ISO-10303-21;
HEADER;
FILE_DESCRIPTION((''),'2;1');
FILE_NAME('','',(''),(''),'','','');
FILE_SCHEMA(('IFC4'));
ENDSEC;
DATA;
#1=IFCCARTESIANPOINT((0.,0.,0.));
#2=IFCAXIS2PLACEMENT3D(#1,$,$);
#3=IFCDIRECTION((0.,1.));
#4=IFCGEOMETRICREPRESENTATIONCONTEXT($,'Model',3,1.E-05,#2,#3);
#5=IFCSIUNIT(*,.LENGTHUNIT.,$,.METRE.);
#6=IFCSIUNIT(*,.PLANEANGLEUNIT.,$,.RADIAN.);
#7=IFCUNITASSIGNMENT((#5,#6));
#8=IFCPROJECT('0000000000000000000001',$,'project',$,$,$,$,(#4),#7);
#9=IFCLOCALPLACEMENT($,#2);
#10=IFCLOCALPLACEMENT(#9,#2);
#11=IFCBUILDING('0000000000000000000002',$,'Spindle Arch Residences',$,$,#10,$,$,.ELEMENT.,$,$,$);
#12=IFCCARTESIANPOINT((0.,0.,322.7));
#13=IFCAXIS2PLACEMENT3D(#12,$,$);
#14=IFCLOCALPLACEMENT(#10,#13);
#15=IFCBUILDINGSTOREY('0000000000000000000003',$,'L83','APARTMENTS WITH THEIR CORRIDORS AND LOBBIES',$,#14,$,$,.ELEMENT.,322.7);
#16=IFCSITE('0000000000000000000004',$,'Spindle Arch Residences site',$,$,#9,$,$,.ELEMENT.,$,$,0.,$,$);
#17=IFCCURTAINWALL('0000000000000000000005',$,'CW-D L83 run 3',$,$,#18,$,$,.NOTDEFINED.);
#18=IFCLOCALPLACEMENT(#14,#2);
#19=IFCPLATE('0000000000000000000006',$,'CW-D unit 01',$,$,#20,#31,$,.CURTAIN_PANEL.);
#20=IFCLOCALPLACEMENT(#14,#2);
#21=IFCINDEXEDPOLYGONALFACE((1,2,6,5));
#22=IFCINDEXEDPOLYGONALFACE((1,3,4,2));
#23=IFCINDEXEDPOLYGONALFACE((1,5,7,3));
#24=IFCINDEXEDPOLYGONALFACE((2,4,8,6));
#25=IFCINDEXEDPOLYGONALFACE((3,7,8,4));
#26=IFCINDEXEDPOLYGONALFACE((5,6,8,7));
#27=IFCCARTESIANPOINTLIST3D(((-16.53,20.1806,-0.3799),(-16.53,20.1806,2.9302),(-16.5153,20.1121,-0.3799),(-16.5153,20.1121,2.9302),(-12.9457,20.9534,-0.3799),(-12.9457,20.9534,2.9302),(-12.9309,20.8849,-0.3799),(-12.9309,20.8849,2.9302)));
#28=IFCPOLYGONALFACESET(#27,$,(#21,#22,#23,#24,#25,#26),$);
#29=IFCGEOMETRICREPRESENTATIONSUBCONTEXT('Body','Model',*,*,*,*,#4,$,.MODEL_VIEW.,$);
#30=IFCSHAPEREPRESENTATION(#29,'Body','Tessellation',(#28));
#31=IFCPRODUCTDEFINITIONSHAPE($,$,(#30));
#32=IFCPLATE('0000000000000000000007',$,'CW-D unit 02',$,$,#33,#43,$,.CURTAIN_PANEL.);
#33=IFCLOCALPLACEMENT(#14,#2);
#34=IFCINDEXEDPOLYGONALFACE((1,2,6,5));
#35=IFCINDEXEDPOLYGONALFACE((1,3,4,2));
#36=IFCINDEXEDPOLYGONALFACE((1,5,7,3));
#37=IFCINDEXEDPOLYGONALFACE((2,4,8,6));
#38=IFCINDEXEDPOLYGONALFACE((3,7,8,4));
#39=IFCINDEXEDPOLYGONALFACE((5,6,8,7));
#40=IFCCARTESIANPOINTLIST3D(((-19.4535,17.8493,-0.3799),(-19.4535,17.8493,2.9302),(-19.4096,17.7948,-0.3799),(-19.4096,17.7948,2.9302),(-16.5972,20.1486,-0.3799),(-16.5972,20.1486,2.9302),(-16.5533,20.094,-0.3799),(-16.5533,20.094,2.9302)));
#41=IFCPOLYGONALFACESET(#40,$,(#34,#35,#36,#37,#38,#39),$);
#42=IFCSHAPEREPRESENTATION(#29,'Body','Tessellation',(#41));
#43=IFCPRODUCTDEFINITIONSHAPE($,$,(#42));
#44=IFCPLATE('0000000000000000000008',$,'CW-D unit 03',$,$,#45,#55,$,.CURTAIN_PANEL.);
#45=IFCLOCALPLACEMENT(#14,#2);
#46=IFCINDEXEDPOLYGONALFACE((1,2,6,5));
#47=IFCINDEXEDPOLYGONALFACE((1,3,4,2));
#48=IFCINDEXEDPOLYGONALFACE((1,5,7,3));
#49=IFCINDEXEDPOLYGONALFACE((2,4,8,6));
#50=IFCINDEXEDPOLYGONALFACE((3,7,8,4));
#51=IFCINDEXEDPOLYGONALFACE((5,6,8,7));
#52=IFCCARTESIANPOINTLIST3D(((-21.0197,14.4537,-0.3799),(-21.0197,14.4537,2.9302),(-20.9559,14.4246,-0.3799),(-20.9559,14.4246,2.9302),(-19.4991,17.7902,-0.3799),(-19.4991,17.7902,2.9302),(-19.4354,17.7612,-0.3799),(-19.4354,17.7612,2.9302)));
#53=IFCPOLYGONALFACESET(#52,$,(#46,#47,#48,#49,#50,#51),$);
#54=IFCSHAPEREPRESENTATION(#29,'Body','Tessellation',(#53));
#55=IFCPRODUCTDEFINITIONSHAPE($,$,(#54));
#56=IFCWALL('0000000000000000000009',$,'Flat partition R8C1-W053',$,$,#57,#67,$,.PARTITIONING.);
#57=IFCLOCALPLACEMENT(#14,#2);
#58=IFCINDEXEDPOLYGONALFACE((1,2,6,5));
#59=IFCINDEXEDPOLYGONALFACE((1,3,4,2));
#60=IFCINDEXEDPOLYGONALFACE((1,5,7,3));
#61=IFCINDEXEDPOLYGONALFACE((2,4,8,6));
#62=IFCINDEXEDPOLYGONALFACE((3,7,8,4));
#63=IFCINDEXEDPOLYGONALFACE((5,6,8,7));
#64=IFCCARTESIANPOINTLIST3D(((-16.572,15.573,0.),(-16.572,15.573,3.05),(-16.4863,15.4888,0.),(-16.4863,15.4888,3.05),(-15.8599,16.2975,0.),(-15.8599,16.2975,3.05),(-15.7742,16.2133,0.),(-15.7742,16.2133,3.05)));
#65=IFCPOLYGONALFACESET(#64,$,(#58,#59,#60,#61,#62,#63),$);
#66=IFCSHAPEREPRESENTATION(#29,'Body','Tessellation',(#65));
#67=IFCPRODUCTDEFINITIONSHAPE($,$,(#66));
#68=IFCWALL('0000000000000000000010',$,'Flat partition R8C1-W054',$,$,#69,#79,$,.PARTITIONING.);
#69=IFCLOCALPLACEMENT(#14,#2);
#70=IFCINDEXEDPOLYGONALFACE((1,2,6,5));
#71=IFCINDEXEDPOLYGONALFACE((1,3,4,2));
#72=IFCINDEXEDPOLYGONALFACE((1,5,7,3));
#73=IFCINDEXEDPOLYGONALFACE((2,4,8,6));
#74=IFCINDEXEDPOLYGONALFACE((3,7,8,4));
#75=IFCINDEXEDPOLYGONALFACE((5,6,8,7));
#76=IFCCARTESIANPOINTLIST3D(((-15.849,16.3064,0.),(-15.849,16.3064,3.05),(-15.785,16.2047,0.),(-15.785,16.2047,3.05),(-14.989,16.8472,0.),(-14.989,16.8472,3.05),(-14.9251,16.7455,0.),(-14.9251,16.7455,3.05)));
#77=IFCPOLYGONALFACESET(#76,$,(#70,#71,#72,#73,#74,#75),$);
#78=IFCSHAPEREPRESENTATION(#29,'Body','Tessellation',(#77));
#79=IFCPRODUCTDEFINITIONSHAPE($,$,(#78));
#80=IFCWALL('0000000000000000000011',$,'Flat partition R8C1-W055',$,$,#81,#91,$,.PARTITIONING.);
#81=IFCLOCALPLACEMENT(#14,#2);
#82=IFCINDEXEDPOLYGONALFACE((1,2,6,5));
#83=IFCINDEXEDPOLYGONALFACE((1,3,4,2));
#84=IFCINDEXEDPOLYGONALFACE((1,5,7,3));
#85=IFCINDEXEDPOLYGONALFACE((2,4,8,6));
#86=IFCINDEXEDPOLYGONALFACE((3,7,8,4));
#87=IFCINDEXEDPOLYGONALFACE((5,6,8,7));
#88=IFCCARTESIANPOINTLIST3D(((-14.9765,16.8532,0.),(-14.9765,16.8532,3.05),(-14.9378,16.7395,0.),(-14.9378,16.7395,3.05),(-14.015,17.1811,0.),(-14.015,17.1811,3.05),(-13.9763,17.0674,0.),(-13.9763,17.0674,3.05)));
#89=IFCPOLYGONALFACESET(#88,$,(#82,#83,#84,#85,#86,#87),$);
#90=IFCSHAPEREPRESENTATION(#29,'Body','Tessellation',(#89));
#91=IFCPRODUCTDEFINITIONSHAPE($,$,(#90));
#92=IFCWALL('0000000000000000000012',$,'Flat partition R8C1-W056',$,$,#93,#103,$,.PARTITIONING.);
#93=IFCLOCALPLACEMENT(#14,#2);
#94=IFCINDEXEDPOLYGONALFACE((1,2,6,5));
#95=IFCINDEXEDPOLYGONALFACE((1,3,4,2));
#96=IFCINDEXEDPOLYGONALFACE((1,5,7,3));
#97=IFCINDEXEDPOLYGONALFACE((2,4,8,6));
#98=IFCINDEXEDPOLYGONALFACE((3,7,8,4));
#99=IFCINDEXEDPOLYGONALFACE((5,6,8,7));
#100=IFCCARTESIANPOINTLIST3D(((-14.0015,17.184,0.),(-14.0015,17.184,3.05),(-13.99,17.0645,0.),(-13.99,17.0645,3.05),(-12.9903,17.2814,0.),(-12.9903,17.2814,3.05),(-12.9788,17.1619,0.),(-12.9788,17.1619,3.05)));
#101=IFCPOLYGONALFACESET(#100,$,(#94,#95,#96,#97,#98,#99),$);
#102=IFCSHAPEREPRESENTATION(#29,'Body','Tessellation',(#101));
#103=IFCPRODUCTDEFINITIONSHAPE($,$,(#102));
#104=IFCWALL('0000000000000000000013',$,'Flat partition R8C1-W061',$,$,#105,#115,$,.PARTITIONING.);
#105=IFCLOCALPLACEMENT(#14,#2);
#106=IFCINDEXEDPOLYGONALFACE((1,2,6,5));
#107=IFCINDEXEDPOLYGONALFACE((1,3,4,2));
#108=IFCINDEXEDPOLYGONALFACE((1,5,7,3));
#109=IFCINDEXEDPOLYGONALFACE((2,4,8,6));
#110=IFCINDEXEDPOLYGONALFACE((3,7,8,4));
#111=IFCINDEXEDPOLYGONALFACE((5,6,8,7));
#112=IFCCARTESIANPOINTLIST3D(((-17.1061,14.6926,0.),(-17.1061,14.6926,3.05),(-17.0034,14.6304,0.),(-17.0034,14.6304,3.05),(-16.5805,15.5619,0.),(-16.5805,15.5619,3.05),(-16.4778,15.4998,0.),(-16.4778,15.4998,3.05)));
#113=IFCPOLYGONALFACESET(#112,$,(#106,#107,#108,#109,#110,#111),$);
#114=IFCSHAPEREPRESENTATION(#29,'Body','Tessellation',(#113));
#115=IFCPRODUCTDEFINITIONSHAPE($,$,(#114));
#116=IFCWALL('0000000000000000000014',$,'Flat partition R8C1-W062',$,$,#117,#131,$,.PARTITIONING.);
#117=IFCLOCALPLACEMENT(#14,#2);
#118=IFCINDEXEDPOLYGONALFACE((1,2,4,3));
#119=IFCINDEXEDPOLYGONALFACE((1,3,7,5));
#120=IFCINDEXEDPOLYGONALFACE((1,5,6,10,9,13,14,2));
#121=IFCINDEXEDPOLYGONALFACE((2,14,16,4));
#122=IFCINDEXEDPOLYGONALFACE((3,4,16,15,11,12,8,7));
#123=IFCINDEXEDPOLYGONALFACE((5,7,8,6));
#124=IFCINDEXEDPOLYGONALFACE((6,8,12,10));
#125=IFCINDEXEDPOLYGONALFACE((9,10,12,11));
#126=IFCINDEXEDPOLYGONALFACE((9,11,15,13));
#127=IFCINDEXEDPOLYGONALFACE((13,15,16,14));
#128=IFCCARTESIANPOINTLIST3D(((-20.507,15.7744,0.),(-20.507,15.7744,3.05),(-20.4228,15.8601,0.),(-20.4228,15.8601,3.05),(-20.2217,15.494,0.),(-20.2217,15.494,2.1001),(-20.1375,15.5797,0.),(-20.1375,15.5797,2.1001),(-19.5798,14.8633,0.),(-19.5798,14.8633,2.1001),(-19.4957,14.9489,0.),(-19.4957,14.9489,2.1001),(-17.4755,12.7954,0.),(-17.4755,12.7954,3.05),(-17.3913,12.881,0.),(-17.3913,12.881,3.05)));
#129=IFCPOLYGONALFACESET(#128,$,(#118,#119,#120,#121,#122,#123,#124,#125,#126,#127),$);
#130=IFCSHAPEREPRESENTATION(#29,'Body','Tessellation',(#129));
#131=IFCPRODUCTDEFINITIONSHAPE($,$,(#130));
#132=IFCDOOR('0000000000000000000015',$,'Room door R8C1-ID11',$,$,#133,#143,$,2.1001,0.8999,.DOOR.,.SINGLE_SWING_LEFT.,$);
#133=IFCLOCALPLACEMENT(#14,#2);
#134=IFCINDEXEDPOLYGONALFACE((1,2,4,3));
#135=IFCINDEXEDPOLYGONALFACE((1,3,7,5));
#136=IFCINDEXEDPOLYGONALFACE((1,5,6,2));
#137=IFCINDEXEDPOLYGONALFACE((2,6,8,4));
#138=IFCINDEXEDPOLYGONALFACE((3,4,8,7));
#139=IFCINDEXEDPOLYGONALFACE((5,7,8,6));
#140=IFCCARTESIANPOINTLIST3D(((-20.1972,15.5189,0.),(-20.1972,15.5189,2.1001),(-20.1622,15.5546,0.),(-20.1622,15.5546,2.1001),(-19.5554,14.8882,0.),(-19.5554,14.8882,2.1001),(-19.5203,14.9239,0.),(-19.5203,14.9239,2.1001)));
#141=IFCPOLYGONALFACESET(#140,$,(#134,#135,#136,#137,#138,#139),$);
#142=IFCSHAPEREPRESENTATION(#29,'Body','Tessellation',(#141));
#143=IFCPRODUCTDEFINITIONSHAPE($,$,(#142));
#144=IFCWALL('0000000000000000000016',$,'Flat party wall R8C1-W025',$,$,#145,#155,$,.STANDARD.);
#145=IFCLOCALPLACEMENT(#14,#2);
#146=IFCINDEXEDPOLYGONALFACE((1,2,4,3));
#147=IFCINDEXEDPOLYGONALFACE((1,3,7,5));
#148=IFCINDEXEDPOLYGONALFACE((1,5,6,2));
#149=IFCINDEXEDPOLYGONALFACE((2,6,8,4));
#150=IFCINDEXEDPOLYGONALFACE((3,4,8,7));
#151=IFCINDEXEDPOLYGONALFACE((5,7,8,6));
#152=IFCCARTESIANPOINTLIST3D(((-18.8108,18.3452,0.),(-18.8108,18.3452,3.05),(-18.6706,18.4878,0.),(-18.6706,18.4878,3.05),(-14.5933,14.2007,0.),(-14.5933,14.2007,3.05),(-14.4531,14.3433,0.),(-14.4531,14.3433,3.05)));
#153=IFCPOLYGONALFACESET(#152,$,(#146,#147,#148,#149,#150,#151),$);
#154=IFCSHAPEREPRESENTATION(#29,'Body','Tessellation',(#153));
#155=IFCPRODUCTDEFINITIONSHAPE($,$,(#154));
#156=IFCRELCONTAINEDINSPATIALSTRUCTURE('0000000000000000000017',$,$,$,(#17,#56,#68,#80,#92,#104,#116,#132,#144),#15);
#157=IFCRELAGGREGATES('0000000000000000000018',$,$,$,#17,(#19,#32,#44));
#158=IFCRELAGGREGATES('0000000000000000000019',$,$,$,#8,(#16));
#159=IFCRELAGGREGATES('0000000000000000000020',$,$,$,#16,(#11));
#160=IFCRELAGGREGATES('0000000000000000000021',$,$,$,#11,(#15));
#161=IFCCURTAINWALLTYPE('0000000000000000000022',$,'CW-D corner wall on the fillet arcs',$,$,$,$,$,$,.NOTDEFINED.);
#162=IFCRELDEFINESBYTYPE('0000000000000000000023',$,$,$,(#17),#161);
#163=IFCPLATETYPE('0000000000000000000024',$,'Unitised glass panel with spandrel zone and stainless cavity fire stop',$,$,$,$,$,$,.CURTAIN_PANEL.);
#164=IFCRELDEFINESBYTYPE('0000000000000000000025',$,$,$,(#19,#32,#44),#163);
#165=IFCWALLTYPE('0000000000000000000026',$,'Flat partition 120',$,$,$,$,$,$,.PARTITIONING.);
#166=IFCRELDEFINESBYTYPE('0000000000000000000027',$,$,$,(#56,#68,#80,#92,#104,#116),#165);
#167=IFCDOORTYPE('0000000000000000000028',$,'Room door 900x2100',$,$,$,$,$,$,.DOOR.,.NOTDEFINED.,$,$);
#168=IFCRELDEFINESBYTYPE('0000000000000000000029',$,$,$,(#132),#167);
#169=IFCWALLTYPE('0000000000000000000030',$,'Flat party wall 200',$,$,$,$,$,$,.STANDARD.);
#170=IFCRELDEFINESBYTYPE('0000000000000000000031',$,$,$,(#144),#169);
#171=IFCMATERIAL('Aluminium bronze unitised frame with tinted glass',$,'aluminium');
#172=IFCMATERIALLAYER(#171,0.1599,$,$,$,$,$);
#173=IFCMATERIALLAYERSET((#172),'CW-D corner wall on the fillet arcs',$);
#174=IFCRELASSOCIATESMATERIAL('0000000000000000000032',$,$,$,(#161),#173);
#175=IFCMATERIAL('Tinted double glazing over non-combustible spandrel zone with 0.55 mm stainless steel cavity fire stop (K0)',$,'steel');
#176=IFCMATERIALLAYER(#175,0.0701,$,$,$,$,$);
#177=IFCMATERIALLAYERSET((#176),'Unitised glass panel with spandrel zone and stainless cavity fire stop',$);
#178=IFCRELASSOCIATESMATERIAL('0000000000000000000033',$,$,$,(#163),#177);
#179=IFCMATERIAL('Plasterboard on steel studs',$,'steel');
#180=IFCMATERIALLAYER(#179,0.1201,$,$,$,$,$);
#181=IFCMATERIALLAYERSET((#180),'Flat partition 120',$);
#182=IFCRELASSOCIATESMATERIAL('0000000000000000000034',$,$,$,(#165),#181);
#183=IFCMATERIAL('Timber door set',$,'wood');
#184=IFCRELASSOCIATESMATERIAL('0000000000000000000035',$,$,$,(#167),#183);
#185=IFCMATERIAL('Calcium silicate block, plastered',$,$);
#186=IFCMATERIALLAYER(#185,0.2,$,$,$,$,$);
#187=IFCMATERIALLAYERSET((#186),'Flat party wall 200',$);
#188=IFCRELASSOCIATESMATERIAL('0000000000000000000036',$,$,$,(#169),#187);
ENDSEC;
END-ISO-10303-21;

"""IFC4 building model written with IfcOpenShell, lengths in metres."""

from ifc_helpers import new_model, si_unit, direction, frame, frame_2d, origin, origin_2d, place, context, subcontext, project, spatial, rectangle, extrude, material, layer, layer_set, type_object, element, fill, aggregate, save


model = new_model("IFC4")

# Units and contexts
model_context = context("Model", 3, precision=1e-05, world=origin(), true_north=direction((0.0, 1.0)))
body_context = subcontext(model_context, "Body", "Model", "MODEL_VIEW")
ifc_project = project(units=[si_unit("LENGTHUNIT", "METRE"), si_unit("PLANEANGLEUNIT", "RADIAN")], contexts=[model_context])

# Site, building, storey
site_placement = place(None, origin())
site = spatial("IfcSite", under=ifc_project, at=site_placement, Name="Spindle Arch Residences site", CompositionType="ELEMENT", RefElevation=0.0)
building_placement = place(site_placement, origin())
building = spatial("IfcBuilding", under=site, at=building_placement, Name="Spindle Arch Residences", CompositionType="ELEMENT")
storey_placement = place(building_placement, frame((0.0, 0.0, 322.7)))
storey = spatial("IfcBuildingStorey", under=building, at=storey_placement, Name="L83", Description="APARTMENTS WITH THEIR CORRIDORS AND LOBBIES", CompositionType="ELEMENT", Elevation=322.7)

# Curtain wall
ifc_material_1 = material(Name="Aluminium bronze unitised frame with tinted glass", Category="aluminium")
ifc_layer_1 = layer(ifc_material_1, 0.1599)
ifc_layer_set_1 = layer_set([ifc_layer_1], Name="CW-D corner wall on the fillet arcs")
curtain_wall_type = type_object("IfcCurtainWallType", Name="CW-D corner wall on the fillet arcs", PredefinedType="NOTDEFINED", material=ifc_layer_set_1)
curtain_wall_placement = place(storey_placement, origin())
curtain_wall = element("IfcCurtainWall", 1, at=curtain_wall_placement, inside=storey, type_object=curtain_wall_type, Name="CW-D L83 run 3", PredefinedType="NOTDEFINED")

# Plates
ifc_material_2 = material(Name="Tinted double glazing over non-combustible spandrel zone with 0.55 mm stainless steel cavity fire stop (K0)", Category="steel")
ifc_layer_2 = layer(ifc_material_2, 0.0701)
ifc_layer_set_2 = layer_set([ifc_layer_2], Name="Unitised glass panel with spandrel zone and stainless cavity fire stop")
plate_type = type_object("IfcPlateType", Name="Unitised glass panel with spandrel zone and stainless cavity fire stop", PredefinedType="CURTAIN_PANEL", material=ifc_layer_set_2)
plate_1_placement = place(storey_placement, frame((-14.7305, 20.5327, -0.3799), z_axis=(0.0, 0.0, 1.0), x_axis=(-0.977539, -0.210756, 0.0)))
plate_1 = element("IfcPlate", 2, at=plate_1_placement, type_object=plate_type, Name="CW-D unit 01", PredefinedType="CURTAIN_PANEL", context=body_context, shape_type="SweptSolid", body=[
    extrude(rectangle(XDim=3.6667, YDim=0.0701, at=origin_2d()), origin(), (0.0, 0.0, 1.0), 3.3101),
])
plate_2_placement = place(storey_placement, frame((-18.0034, 18.9717, -0.3799), z_axis=(0.0, 0.0, 1.0), x_axis=(-0.778973, -0.627057, 0.0)))
plate_2 = element("IfcPlate", 3, at=plate_2_placement, type_object=plate_type, Name="CW-D unit 02", PredefinedType="CURTAIN_PANEL", context=body_context, shape_type="SweptSolid", body=[
    extrude(rectangle(XDim=3.6667, YDim=0.0701, at=origin_2d()), origin(), (0.0, 0.0, 1.0), 3.3101),
])
plate_3_placement = place(storey_placement, frame((-20.2275, 16.1074, -0.3799), z_axis=(0.0, 0.0, 1.0), x_axis=(-0.414693, -0.909961, 0.0)))
plate_3 = element("IfcPlate", 4, at=plate_3_placement, type_object=plate_type, Name="CW-D unit 03", PredefinedType="CURTAIN_PANEL", context=body_context, shape_type="SweptSolid", body=[
    extrude(rectangle(XDim=3.6667, YDim=0.0701, at=origin_2d()), origin(), (0.0, 0.0, 1.0), 3.3101),
])
aggregate(curtain_wall, [plate_1, plate_2, plate_3])

# Walls
ifc_material_3 = material(Name="Plasterboard on steel studs", Category="steel")
ifc_layer_3 = layer(ifc_material_3, 0.1201)
ifc_layer_set_3 = layer_set([ifc_layer_3], Name="Flat partition 120")
wall_type_1 = type_object("IfcWallType", Name="Flat partition 120", PredefinedType="PARTITIONING", material=ifc_layer_set_3)
for number, where, z_axis, x_axis, name in (
    (5, (-16.5291, 15.531, 0.0), (0.0, 0.0, 1.0), (0.700953, 0.713208, 0.0), "Flat partition R8C1-W053"),
    (6, (-15.8169, 16.2556, 0.0), (0.0, 0.0, 1.0), (0.84651, 0.532373, 0.0), "Flat partition R8C1-W054"),
    (7, (-14.957, 16.7964, 0.0), (0.0, 0.0, 1.0), (0.946473, 0.322782, 0.0), "Flat partition R8C1-W055"),
    (8, (-13.9956, 17.1243, 0.0), (0.0, 0.0, 1.0), (0.995392, 0.095886, 0.0), "Flat partition R8C1-W056"),
    (9, (-17.0547, 14.6616, 0.0), (0.0, 0.0, 1.0), (0.517391, 0.855749, 0.0), "Flat partition R8C1-W061"),
):
    element("IfcWall", number, at=place(storey_placement, frame(where, z_axis=z_axis, x_axis=x_axis)), inside=storey, type_object=wall_type_1, Name=name, PredefinedType="PARTITIONING", context=body_context, shape_type="SweptSolid", body=[
        extrude(rectangle(XDim=1.0159, YDim=0.1201, at=frame_2d((0.5078, 0.0))), origin(), (0.0, 0.0, 1.0), 3.05),
    ])

# Wall, opening, door
wall_1_placement = place(storey_placement, frame((-20.4648, 15.8171, 0.0), z_axis=(0.0, 0.0, 1.0), x_axis=(0.713255, -0.700905, 0.0)))
wall_1 = element("IfcWall", 10, at=wall_1_placement, inside=storey, type_object=wall_type_1, Name="Flat partition R8C1-W062", PredefinedType="PARTITIONING", context=body_context, shape_type="SweptSolid", body=[
    extrude(rectangle(XDim=4.2502, YDim=0.1201, at=frame_2d((2.125, 0.0))), origin(), (0.0, 0.0, 1.0), 3.05),
])
opening_placement = place(wall_1_placement, frame((0.3999, 0.0, 0.0)))
opening = element("IfcOpeningElement", 11, at=opening_placement, cuts=wall_1, PredefinedType="OPENING", context=body_context, shape_type="SweptSolid", body=[
    extrude(rectangle(XDim=0.8999, YDim=2.1001, at=frame_2d((0.45, 1.05))), frame((0.0, 0.0701, 0.0), z_axis=(0.0, -1.0, 0.0), x_axis=(1.0, 0.0, 0.0)), (0.0, 0.0, 1.0), 0.1401),
])
ifc_material_4 = material(Name="Timber door set", Category="wood")
door_type = type_object("IfcDoorType", Name="Room door 900x2100", OperationType="NOTDEFINED", PredefinedType="DOOR", material=ifc_material_4)
door_placement = place(opening_placement, origin())
door = element("IfcDoor", 12, at=door_placement, inside=storey, type_object=door_type, Name="Room door R8C1-ID11", OperationType="SINGLE_SWING_LEFT", OverallHeight=2.1001, OverallWidth=0.8999, PredefinedType="DOOR", context=body_context, shape_type="SweptSolid", body=[
    extrude(rectangle(XDim=0.8999, YDim=2.1001, at=frame_2d((0.45, 1.05))), frame((0.0, 0.0249, 0.0), z_axis=(0.0, -1.0, 0.0), x_axis=(1.0, 0.0, 0.0)), (0.0, 0.0, 1.0), 0.05),
])
fill(opening, door)

# Wall
ifc_material_5 = material(Name="Calcium silicate block, plastered")
ifc_layer_4 = layer(ifc_material_5, 0.2)
ifc_layer_set_4 = layer_set([ifc_layer_4], Name="Flat party wall 200")
wall_type_2 = type_object("IfcWallType", Name="Flat party wall 200", PredefinedType="STANDARD", material=ifc_layer_set_4)
wall_2_placement = place(storey_placement, frame((-18.7407, 18.4165, 0.0), z_axis=(0.0, 0.0, 1.0), x_axis=(0.713252, -0.700907, 0.0)))
element("IfcWall", 13, at=wall_2_placement, inside=storey, type_object=wall_type_2, Name="Flat party wall R8C1-W025", PredefinedType="STANDARD", context=body_context, shape_type="SweptSolid", body=[
    extrude(rectangle(XDim=5.9131, YDim=0.2, at=frame_2d((2.9565, 0.0))), origin(), (0.0, 0.0, 1.0), 3.05),
])

save(model, "model.ifc")
